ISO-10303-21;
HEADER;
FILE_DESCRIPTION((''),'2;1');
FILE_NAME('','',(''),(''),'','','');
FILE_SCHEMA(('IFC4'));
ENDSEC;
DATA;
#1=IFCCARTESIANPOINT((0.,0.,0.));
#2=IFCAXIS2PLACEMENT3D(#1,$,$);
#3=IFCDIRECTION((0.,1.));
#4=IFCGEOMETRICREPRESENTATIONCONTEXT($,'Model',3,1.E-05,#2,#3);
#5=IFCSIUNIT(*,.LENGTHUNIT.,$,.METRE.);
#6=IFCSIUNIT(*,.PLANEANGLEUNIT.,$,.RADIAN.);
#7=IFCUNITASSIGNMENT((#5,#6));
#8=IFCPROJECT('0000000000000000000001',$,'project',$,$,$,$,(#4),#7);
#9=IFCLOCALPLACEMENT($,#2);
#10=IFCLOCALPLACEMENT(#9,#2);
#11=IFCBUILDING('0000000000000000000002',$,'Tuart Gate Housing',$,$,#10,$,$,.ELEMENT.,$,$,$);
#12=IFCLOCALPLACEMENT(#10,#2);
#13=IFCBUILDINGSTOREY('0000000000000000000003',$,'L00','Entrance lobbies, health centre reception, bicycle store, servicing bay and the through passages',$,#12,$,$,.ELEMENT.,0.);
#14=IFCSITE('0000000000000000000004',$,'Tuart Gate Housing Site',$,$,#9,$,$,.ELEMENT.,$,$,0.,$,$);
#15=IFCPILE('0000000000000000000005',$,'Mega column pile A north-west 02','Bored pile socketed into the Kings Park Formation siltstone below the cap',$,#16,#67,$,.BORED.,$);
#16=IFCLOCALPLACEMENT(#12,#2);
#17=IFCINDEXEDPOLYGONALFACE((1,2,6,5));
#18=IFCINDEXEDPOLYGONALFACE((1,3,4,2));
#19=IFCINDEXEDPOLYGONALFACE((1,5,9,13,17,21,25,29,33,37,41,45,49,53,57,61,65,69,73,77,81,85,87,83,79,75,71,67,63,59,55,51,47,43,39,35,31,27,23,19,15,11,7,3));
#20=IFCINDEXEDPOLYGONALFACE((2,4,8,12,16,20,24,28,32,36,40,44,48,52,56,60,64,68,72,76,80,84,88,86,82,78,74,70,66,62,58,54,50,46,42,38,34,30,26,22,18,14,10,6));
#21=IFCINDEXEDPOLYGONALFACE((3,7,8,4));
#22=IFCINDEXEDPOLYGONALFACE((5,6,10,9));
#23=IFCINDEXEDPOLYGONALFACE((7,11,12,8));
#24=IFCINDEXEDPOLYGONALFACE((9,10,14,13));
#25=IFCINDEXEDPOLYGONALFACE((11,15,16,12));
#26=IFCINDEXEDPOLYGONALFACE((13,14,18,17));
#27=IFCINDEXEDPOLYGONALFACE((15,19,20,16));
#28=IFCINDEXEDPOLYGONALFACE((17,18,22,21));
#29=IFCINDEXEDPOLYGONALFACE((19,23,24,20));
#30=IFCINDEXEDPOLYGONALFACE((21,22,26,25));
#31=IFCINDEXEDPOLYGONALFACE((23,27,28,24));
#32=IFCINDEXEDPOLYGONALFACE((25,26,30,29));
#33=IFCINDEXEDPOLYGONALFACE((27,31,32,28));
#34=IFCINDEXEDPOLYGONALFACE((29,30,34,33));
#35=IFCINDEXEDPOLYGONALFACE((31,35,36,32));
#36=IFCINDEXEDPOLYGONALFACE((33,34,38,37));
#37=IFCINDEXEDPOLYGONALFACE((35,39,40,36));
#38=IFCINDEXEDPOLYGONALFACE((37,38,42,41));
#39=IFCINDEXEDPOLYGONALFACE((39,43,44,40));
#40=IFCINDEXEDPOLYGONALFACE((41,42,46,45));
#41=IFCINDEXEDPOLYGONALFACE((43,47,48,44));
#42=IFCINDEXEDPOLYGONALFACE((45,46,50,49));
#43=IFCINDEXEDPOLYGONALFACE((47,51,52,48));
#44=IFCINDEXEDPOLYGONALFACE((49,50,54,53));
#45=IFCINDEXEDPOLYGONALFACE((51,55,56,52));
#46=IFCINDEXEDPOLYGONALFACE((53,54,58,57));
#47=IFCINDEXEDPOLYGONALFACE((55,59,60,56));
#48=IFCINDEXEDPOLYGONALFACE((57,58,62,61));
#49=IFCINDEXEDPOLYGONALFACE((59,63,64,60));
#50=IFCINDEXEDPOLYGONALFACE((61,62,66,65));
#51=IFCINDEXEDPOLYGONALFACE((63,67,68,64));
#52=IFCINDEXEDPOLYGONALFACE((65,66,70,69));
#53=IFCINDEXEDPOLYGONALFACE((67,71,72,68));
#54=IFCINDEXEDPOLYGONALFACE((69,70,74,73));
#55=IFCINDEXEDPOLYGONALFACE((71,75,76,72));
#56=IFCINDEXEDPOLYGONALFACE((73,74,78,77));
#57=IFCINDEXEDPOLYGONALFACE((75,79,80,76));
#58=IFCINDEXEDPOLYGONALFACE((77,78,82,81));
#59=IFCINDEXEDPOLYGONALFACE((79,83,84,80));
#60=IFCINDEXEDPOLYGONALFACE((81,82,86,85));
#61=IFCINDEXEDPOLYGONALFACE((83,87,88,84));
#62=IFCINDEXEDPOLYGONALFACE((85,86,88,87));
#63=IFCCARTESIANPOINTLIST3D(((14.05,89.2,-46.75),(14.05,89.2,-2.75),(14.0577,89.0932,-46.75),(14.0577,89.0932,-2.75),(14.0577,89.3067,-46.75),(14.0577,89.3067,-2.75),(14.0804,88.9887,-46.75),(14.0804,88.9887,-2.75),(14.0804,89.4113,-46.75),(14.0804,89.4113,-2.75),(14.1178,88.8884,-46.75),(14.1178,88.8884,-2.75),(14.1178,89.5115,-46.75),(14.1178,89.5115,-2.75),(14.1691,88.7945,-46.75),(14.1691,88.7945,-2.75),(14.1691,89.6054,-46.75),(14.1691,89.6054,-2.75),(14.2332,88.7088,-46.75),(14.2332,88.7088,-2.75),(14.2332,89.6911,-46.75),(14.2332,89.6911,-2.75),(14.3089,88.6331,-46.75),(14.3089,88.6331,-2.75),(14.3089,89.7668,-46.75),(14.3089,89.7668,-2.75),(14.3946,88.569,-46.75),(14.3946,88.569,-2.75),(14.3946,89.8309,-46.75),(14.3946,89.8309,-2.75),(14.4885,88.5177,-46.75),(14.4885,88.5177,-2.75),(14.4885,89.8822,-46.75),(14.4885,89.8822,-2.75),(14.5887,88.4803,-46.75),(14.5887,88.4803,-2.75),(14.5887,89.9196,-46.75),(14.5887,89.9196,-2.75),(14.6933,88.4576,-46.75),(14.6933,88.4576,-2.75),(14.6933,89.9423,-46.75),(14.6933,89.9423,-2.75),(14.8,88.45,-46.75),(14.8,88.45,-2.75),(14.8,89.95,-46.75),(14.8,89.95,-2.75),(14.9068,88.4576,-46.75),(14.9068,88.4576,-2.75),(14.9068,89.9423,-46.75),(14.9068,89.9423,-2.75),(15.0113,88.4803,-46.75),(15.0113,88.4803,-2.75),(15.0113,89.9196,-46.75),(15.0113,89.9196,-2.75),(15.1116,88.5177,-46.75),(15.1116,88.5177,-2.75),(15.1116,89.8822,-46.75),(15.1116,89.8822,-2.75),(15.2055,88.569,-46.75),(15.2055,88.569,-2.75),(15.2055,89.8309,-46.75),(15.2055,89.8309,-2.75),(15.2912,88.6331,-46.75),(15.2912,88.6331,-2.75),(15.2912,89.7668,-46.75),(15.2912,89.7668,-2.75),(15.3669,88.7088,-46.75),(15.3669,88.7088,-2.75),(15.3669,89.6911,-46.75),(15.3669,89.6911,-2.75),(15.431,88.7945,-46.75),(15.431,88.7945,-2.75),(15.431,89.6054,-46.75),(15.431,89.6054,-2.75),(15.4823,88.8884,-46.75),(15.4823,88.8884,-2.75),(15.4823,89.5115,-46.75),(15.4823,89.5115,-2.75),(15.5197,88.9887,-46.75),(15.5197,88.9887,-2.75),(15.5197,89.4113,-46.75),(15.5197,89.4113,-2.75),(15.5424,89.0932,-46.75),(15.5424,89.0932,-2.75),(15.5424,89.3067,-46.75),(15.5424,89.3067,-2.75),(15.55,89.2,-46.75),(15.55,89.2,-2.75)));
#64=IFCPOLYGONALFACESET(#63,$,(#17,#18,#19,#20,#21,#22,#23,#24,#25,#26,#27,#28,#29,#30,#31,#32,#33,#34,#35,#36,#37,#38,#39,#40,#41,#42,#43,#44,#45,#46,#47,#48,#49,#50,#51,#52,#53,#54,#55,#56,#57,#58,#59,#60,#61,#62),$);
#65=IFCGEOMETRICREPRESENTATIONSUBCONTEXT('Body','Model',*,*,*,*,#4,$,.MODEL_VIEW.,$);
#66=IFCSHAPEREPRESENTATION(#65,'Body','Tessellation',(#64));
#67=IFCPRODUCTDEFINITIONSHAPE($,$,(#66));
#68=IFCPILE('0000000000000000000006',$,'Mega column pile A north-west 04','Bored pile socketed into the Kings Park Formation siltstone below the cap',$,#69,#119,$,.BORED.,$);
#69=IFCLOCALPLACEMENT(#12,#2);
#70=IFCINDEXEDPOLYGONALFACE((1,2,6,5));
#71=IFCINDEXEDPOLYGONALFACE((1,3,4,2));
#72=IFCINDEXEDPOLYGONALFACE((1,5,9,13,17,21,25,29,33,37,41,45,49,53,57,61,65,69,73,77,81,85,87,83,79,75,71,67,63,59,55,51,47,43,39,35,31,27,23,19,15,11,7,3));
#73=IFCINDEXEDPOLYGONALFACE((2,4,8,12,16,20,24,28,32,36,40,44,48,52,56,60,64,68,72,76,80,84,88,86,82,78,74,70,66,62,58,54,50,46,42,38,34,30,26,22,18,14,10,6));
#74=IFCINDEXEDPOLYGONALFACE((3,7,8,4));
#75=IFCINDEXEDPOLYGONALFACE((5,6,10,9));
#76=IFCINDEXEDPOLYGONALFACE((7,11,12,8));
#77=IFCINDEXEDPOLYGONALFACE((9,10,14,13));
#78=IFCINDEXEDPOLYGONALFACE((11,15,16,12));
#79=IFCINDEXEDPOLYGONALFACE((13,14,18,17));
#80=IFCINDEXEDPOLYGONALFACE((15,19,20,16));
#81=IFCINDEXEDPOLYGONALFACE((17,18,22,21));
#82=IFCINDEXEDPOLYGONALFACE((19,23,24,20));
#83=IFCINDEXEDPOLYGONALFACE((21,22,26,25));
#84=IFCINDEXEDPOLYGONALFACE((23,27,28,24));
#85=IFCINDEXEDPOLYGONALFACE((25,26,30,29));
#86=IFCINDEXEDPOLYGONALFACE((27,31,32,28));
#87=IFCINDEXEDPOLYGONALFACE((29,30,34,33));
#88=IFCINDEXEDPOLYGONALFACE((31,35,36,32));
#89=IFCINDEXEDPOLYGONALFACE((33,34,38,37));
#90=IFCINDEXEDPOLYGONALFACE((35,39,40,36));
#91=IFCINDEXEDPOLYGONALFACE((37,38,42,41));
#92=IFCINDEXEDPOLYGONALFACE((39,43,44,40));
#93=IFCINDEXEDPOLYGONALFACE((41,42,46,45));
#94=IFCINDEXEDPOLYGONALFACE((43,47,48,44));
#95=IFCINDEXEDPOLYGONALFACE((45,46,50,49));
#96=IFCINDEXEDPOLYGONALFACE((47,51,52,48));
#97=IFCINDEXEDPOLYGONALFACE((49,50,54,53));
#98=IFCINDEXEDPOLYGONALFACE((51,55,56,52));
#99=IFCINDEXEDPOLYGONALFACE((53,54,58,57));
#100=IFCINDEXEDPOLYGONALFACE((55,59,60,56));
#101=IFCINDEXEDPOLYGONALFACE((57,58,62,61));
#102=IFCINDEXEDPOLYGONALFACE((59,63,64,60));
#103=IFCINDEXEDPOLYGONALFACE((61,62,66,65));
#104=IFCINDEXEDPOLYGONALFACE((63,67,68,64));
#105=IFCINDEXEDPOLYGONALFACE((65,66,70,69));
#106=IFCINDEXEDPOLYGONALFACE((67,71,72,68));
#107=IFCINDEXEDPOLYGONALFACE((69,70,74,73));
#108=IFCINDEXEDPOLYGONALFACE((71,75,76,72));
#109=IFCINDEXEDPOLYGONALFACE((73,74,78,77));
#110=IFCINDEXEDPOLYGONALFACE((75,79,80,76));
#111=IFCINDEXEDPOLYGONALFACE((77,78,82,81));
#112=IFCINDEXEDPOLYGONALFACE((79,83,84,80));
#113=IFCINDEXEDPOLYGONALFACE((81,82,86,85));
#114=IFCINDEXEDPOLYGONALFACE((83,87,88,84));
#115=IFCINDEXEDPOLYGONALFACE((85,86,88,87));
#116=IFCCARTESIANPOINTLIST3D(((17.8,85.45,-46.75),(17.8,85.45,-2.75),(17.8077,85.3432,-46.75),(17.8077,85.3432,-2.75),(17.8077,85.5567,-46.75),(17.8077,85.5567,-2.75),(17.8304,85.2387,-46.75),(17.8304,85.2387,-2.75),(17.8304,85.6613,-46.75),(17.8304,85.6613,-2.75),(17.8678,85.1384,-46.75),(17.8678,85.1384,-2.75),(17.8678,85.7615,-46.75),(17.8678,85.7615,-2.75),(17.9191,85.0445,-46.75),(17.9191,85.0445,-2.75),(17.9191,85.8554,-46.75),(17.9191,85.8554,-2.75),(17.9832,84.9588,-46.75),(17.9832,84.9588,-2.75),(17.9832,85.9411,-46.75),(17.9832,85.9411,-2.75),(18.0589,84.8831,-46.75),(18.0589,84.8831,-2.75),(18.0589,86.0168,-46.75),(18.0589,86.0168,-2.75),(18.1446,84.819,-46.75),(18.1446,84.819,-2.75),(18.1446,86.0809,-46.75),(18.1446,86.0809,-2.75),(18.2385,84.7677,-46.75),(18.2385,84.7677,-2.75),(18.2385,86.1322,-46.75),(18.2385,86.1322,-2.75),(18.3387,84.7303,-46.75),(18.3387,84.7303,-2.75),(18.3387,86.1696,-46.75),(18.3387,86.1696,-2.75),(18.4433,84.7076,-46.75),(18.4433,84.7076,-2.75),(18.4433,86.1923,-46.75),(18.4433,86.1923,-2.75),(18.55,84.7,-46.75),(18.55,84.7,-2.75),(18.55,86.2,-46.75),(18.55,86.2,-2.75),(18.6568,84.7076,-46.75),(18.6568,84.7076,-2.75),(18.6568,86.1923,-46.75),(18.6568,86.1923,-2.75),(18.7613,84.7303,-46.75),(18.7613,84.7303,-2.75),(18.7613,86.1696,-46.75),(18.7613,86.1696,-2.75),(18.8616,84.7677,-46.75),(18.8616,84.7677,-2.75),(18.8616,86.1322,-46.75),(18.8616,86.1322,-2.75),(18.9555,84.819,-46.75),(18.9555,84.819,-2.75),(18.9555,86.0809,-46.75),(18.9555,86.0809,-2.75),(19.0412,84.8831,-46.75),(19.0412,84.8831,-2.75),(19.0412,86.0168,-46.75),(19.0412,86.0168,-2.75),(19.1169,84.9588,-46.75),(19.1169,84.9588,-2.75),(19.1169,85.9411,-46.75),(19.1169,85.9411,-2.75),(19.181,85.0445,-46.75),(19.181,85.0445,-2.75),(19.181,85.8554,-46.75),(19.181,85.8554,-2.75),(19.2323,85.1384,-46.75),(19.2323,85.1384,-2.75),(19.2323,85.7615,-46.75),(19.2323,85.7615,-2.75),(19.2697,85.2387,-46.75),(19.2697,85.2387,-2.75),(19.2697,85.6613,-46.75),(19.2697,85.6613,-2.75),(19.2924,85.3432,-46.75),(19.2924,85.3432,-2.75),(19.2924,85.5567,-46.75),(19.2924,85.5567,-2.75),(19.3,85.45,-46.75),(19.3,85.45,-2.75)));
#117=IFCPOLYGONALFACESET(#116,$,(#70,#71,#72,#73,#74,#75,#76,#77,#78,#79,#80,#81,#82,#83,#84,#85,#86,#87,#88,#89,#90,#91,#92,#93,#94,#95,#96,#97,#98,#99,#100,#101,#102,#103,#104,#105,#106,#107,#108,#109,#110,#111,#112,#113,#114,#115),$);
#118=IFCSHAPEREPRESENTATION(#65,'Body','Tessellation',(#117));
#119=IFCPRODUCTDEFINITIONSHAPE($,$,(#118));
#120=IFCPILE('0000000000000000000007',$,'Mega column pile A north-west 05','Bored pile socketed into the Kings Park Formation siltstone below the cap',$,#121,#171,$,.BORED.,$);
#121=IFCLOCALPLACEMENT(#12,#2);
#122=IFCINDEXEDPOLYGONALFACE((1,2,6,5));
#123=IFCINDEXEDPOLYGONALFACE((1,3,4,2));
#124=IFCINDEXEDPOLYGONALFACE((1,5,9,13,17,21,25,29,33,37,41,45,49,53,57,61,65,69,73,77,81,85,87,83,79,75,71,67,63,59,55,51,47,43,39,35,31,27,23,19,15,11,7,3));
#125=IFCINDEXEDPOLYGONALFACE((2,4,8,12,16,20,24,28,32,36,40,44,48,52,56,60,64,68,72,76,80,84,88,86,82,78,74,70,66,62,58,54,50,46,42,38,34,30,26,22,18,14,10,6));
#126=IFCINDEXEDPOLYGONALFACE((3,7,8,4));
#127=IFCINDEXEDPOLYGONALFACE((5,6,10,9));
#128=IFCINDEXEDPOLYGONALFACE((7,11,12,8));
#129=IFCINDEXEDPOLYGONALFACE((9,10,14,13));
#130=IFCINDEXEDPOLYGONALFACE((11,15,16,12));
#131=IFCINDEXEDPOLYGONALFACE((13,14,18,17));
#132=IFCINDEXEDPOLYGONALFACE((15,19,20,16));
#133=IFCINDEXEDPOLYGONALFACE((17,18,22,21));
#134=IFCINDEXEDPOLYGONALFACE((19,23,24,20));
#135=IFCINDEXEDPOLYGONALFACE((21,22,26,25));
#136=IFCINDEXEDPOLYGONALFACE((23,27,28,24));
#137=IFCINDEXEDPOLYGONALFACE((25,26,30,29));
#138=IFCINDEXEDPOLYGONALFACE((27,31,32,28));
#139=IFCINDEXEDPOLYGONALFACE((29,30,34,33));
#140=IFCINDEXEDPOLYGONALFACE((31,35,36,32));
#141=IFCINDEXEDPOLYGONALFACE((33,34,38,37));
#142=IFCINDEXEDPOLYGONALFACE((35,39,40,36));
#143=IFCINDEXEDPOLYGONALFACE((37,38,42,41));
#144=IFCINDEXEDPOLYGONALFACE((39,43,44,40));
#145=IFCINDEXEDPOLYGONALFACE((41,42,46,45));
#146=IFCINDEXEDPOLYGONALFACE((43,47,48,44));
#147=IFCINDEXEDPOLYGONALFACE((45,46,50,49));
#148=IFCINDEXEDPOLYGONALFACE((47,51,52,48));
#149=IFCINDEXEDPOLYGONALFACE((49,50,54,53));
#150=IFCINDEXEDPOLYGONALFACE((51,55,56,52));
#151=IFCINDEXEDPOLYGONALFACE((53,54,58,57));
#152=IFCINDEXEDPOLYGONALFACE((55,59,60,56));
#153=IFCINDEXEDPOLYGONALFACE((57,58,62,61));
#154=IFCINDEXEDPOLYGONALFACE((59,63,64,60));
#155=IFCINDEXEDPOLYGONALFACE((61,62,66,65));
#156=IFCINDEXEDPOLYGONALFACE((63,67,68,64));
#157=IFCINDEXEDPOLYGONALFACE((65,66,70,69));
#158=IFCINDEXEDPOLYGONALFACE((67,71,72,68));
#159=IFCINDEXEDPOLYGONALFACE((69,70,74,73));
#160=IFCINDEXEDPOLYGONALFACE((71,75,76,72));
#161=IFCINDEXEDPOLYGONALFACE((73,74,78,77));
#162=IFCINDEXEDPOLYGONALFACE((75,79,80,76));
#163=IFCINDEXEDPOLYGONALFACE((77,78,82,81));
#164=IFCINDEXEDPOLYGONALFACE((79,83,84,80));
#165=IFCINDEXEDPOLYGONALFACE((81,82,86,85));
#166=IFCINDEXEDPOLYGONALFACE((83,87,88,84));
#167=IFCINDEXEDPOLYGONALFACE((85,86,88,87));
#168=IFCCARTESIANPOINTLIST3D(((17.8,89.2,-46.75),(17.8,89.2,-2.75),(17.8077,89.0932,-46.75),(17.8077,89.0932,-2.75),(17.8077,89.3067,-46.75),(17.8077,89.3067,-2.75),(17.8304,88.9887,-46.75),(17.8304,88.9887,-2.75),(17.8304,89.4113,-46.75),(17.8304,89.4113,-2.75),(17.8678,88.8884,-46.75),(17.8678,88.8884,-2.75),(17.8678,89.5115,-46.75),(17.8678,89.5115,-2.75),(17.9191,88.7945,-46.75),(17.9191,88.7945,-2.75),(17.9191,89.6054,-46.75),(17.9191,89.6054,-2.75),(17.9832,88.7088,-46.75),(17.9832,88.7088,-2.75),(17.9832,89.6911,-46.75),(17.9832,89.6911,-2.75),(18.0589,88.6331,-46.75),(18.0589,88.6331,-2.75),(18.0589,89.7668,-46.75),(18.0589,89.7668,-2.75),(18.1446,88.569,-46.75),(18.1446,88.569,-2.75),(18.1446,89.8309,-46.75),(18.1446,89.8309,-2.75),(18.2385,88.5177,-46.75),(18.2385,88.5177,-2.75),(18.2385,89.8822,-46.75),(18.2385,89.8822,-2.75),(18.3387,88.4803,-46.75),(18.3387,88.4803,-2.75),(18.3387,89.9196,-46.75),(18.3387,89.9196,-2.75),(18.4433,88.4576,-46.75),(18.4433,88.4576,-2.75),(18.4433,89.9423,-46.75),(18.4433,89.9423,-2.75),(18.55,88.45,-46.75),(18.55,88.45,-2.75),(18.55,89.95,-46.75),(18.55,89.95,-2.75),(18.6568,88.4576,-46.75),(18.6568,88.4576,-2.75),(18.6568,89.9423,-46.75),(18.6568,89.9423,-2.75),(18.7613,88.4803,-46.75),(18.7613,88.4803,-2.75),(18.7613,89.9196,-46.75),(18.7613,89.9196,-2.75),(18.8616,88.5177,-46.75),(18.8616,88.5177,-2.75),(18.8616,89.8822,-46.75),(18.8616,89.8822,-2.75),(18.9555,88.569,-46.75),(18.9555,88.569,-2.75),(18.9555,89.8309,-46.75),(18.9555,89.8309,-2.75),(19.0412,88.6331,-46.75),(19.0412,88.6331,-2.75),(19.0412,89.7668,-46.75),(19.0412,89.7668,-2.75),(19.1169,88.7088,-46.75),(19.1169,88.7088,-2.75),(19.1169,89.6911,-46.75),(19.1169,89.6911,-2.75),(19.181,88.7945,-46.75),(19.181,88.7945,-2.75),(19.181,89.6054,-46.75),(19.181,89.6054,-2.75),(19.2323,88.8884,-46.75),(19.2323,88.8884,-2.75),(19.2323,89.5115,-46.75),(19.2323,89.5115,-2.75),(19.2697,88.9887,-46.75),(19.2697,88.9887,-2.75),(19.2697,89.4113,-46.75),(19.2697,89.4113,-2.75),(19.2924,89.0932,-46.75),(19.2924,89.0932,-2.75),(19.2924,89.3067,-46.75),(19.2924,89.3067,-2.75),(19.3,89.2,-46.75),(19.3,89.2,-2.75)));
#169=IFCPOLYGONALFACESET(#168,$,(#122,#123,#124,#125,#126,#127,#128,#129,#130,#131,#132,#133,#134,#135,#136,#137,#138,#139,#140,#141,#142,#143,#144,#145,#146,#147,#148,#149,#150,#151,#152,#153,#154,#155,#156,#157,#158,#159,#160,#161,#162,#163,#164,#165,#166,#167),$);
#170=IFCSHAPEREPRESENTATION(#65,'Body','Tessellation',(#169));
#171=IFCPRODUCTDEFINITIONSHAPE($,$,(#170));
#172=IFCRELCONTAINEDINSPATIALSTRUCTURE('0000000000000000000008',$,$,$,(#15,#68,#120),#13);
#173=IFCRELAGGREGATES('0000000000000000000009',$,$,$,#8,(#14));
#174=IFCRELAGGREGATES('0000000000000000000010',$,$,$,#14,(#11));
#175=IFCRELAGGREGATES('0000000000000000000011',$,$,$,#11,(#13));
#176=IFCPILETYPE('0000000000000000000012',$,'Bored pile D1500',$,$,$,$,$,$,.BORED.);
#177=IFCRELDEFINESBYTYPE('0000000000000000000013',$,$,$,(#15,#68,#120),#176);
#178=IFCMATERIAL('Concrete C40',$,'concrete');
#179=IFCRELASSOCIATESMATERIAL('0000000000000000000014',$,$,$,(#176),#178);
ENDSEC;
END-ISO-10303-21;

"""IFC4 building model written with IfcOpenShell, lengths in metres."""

from ifc_helpers import new_model, si_unit, direction, frame, origin, origin_2d, place, context, subcontext, project, spatial, circle, extrude, material, material_profile, profile_set, type_object, element, save


model = new_model("IFC4")

# Units and contexts
model_context = context("Model", 3, precision=1e-05, world=origin(), true_north=direction((0.0, 1.0)))
body_context = subcontext(model_context, "Body", "Model", "MODEL_VIEW")
ifc_project = project(units=[si_unit("LENGTHUNIT", "METRE"), si_unit("PLANEANGLEUNIT", "RADIAN")], contexts=[model_context])

# Site, building, storey
site_placement = place(None, origin())
site = spatial("IfcSite", under=ifc_project, at=site_placement, Name="Tuart Gate Housing Site", CompositionType="ELEMENT", RefElevation=0.0)
building_placement = place(site_placement, origin())
building = spatial("IfcBuilding", under=site, at=building_placement, Name="Tuart Gate Housing", CompositionType="ELEMENT")
storey_placement = place(building_placement, origin())
storey = spatial("IfcBuildingStorey", under=building, at=storey_placement, Name="L00", Description="Entrance lobbies, health centre reception, bicycle store, servicing bay and the through passages", CompositionType="ELEMENT", Elevation=0.0)

# Piles
ifc_material_1 = material(Name="Concrete C40", Category="concrete")
ifc_material_profile_1 = material_profile(ifc_material_1, circle(Radius=0.75, at=origin_2d()), Name="Bored pile D1500")
ifc_profile_set_1 = profile_set([ifc_material_profile_1], Name="Concrete C40")
pile_type = type_object("IfcPileType", Name="Bored pile D1500", PredefinedType="BORED", material=ifc_profile_set_1)
for number, where, z_axis, x_axis, name in (
    (1, (14.8, 89.2, -2.75), (0.0, 0.0, -1.0), (1.0, 0.0, 0.0), "Mega column pile A north-west 02"),
    (2, (18.55, 85.45, -2.75), (0.0, 0.0, -1.0), (1.0, 0.0, 0.0), "Mega column pile A north-west 04"),
    (3, (18.55, 89.2, -2.75), (0.0, 0.0, -1.0), (1.0, 0.0, 0.0), "Mega column pile A north-west 05"),
):
    element("IfcPile", number, at=place(storey_placement, frame(where, z_axis=z_axis, x_axis=x_axis)), inside=storey, type_object=pile_type, Name=name, Description="Bored pile socketed into the Kings Park Formation siltstone below the cap", PredefinedType="BORED", context=body_context, shape_type="SweptSolid", body=[
        extrude(circle(Radius=0.75, at=origin_2d()), origin(), (0.0, 0.0, 1.0), 44.0),
    ])

save(model, "model.ifc")
